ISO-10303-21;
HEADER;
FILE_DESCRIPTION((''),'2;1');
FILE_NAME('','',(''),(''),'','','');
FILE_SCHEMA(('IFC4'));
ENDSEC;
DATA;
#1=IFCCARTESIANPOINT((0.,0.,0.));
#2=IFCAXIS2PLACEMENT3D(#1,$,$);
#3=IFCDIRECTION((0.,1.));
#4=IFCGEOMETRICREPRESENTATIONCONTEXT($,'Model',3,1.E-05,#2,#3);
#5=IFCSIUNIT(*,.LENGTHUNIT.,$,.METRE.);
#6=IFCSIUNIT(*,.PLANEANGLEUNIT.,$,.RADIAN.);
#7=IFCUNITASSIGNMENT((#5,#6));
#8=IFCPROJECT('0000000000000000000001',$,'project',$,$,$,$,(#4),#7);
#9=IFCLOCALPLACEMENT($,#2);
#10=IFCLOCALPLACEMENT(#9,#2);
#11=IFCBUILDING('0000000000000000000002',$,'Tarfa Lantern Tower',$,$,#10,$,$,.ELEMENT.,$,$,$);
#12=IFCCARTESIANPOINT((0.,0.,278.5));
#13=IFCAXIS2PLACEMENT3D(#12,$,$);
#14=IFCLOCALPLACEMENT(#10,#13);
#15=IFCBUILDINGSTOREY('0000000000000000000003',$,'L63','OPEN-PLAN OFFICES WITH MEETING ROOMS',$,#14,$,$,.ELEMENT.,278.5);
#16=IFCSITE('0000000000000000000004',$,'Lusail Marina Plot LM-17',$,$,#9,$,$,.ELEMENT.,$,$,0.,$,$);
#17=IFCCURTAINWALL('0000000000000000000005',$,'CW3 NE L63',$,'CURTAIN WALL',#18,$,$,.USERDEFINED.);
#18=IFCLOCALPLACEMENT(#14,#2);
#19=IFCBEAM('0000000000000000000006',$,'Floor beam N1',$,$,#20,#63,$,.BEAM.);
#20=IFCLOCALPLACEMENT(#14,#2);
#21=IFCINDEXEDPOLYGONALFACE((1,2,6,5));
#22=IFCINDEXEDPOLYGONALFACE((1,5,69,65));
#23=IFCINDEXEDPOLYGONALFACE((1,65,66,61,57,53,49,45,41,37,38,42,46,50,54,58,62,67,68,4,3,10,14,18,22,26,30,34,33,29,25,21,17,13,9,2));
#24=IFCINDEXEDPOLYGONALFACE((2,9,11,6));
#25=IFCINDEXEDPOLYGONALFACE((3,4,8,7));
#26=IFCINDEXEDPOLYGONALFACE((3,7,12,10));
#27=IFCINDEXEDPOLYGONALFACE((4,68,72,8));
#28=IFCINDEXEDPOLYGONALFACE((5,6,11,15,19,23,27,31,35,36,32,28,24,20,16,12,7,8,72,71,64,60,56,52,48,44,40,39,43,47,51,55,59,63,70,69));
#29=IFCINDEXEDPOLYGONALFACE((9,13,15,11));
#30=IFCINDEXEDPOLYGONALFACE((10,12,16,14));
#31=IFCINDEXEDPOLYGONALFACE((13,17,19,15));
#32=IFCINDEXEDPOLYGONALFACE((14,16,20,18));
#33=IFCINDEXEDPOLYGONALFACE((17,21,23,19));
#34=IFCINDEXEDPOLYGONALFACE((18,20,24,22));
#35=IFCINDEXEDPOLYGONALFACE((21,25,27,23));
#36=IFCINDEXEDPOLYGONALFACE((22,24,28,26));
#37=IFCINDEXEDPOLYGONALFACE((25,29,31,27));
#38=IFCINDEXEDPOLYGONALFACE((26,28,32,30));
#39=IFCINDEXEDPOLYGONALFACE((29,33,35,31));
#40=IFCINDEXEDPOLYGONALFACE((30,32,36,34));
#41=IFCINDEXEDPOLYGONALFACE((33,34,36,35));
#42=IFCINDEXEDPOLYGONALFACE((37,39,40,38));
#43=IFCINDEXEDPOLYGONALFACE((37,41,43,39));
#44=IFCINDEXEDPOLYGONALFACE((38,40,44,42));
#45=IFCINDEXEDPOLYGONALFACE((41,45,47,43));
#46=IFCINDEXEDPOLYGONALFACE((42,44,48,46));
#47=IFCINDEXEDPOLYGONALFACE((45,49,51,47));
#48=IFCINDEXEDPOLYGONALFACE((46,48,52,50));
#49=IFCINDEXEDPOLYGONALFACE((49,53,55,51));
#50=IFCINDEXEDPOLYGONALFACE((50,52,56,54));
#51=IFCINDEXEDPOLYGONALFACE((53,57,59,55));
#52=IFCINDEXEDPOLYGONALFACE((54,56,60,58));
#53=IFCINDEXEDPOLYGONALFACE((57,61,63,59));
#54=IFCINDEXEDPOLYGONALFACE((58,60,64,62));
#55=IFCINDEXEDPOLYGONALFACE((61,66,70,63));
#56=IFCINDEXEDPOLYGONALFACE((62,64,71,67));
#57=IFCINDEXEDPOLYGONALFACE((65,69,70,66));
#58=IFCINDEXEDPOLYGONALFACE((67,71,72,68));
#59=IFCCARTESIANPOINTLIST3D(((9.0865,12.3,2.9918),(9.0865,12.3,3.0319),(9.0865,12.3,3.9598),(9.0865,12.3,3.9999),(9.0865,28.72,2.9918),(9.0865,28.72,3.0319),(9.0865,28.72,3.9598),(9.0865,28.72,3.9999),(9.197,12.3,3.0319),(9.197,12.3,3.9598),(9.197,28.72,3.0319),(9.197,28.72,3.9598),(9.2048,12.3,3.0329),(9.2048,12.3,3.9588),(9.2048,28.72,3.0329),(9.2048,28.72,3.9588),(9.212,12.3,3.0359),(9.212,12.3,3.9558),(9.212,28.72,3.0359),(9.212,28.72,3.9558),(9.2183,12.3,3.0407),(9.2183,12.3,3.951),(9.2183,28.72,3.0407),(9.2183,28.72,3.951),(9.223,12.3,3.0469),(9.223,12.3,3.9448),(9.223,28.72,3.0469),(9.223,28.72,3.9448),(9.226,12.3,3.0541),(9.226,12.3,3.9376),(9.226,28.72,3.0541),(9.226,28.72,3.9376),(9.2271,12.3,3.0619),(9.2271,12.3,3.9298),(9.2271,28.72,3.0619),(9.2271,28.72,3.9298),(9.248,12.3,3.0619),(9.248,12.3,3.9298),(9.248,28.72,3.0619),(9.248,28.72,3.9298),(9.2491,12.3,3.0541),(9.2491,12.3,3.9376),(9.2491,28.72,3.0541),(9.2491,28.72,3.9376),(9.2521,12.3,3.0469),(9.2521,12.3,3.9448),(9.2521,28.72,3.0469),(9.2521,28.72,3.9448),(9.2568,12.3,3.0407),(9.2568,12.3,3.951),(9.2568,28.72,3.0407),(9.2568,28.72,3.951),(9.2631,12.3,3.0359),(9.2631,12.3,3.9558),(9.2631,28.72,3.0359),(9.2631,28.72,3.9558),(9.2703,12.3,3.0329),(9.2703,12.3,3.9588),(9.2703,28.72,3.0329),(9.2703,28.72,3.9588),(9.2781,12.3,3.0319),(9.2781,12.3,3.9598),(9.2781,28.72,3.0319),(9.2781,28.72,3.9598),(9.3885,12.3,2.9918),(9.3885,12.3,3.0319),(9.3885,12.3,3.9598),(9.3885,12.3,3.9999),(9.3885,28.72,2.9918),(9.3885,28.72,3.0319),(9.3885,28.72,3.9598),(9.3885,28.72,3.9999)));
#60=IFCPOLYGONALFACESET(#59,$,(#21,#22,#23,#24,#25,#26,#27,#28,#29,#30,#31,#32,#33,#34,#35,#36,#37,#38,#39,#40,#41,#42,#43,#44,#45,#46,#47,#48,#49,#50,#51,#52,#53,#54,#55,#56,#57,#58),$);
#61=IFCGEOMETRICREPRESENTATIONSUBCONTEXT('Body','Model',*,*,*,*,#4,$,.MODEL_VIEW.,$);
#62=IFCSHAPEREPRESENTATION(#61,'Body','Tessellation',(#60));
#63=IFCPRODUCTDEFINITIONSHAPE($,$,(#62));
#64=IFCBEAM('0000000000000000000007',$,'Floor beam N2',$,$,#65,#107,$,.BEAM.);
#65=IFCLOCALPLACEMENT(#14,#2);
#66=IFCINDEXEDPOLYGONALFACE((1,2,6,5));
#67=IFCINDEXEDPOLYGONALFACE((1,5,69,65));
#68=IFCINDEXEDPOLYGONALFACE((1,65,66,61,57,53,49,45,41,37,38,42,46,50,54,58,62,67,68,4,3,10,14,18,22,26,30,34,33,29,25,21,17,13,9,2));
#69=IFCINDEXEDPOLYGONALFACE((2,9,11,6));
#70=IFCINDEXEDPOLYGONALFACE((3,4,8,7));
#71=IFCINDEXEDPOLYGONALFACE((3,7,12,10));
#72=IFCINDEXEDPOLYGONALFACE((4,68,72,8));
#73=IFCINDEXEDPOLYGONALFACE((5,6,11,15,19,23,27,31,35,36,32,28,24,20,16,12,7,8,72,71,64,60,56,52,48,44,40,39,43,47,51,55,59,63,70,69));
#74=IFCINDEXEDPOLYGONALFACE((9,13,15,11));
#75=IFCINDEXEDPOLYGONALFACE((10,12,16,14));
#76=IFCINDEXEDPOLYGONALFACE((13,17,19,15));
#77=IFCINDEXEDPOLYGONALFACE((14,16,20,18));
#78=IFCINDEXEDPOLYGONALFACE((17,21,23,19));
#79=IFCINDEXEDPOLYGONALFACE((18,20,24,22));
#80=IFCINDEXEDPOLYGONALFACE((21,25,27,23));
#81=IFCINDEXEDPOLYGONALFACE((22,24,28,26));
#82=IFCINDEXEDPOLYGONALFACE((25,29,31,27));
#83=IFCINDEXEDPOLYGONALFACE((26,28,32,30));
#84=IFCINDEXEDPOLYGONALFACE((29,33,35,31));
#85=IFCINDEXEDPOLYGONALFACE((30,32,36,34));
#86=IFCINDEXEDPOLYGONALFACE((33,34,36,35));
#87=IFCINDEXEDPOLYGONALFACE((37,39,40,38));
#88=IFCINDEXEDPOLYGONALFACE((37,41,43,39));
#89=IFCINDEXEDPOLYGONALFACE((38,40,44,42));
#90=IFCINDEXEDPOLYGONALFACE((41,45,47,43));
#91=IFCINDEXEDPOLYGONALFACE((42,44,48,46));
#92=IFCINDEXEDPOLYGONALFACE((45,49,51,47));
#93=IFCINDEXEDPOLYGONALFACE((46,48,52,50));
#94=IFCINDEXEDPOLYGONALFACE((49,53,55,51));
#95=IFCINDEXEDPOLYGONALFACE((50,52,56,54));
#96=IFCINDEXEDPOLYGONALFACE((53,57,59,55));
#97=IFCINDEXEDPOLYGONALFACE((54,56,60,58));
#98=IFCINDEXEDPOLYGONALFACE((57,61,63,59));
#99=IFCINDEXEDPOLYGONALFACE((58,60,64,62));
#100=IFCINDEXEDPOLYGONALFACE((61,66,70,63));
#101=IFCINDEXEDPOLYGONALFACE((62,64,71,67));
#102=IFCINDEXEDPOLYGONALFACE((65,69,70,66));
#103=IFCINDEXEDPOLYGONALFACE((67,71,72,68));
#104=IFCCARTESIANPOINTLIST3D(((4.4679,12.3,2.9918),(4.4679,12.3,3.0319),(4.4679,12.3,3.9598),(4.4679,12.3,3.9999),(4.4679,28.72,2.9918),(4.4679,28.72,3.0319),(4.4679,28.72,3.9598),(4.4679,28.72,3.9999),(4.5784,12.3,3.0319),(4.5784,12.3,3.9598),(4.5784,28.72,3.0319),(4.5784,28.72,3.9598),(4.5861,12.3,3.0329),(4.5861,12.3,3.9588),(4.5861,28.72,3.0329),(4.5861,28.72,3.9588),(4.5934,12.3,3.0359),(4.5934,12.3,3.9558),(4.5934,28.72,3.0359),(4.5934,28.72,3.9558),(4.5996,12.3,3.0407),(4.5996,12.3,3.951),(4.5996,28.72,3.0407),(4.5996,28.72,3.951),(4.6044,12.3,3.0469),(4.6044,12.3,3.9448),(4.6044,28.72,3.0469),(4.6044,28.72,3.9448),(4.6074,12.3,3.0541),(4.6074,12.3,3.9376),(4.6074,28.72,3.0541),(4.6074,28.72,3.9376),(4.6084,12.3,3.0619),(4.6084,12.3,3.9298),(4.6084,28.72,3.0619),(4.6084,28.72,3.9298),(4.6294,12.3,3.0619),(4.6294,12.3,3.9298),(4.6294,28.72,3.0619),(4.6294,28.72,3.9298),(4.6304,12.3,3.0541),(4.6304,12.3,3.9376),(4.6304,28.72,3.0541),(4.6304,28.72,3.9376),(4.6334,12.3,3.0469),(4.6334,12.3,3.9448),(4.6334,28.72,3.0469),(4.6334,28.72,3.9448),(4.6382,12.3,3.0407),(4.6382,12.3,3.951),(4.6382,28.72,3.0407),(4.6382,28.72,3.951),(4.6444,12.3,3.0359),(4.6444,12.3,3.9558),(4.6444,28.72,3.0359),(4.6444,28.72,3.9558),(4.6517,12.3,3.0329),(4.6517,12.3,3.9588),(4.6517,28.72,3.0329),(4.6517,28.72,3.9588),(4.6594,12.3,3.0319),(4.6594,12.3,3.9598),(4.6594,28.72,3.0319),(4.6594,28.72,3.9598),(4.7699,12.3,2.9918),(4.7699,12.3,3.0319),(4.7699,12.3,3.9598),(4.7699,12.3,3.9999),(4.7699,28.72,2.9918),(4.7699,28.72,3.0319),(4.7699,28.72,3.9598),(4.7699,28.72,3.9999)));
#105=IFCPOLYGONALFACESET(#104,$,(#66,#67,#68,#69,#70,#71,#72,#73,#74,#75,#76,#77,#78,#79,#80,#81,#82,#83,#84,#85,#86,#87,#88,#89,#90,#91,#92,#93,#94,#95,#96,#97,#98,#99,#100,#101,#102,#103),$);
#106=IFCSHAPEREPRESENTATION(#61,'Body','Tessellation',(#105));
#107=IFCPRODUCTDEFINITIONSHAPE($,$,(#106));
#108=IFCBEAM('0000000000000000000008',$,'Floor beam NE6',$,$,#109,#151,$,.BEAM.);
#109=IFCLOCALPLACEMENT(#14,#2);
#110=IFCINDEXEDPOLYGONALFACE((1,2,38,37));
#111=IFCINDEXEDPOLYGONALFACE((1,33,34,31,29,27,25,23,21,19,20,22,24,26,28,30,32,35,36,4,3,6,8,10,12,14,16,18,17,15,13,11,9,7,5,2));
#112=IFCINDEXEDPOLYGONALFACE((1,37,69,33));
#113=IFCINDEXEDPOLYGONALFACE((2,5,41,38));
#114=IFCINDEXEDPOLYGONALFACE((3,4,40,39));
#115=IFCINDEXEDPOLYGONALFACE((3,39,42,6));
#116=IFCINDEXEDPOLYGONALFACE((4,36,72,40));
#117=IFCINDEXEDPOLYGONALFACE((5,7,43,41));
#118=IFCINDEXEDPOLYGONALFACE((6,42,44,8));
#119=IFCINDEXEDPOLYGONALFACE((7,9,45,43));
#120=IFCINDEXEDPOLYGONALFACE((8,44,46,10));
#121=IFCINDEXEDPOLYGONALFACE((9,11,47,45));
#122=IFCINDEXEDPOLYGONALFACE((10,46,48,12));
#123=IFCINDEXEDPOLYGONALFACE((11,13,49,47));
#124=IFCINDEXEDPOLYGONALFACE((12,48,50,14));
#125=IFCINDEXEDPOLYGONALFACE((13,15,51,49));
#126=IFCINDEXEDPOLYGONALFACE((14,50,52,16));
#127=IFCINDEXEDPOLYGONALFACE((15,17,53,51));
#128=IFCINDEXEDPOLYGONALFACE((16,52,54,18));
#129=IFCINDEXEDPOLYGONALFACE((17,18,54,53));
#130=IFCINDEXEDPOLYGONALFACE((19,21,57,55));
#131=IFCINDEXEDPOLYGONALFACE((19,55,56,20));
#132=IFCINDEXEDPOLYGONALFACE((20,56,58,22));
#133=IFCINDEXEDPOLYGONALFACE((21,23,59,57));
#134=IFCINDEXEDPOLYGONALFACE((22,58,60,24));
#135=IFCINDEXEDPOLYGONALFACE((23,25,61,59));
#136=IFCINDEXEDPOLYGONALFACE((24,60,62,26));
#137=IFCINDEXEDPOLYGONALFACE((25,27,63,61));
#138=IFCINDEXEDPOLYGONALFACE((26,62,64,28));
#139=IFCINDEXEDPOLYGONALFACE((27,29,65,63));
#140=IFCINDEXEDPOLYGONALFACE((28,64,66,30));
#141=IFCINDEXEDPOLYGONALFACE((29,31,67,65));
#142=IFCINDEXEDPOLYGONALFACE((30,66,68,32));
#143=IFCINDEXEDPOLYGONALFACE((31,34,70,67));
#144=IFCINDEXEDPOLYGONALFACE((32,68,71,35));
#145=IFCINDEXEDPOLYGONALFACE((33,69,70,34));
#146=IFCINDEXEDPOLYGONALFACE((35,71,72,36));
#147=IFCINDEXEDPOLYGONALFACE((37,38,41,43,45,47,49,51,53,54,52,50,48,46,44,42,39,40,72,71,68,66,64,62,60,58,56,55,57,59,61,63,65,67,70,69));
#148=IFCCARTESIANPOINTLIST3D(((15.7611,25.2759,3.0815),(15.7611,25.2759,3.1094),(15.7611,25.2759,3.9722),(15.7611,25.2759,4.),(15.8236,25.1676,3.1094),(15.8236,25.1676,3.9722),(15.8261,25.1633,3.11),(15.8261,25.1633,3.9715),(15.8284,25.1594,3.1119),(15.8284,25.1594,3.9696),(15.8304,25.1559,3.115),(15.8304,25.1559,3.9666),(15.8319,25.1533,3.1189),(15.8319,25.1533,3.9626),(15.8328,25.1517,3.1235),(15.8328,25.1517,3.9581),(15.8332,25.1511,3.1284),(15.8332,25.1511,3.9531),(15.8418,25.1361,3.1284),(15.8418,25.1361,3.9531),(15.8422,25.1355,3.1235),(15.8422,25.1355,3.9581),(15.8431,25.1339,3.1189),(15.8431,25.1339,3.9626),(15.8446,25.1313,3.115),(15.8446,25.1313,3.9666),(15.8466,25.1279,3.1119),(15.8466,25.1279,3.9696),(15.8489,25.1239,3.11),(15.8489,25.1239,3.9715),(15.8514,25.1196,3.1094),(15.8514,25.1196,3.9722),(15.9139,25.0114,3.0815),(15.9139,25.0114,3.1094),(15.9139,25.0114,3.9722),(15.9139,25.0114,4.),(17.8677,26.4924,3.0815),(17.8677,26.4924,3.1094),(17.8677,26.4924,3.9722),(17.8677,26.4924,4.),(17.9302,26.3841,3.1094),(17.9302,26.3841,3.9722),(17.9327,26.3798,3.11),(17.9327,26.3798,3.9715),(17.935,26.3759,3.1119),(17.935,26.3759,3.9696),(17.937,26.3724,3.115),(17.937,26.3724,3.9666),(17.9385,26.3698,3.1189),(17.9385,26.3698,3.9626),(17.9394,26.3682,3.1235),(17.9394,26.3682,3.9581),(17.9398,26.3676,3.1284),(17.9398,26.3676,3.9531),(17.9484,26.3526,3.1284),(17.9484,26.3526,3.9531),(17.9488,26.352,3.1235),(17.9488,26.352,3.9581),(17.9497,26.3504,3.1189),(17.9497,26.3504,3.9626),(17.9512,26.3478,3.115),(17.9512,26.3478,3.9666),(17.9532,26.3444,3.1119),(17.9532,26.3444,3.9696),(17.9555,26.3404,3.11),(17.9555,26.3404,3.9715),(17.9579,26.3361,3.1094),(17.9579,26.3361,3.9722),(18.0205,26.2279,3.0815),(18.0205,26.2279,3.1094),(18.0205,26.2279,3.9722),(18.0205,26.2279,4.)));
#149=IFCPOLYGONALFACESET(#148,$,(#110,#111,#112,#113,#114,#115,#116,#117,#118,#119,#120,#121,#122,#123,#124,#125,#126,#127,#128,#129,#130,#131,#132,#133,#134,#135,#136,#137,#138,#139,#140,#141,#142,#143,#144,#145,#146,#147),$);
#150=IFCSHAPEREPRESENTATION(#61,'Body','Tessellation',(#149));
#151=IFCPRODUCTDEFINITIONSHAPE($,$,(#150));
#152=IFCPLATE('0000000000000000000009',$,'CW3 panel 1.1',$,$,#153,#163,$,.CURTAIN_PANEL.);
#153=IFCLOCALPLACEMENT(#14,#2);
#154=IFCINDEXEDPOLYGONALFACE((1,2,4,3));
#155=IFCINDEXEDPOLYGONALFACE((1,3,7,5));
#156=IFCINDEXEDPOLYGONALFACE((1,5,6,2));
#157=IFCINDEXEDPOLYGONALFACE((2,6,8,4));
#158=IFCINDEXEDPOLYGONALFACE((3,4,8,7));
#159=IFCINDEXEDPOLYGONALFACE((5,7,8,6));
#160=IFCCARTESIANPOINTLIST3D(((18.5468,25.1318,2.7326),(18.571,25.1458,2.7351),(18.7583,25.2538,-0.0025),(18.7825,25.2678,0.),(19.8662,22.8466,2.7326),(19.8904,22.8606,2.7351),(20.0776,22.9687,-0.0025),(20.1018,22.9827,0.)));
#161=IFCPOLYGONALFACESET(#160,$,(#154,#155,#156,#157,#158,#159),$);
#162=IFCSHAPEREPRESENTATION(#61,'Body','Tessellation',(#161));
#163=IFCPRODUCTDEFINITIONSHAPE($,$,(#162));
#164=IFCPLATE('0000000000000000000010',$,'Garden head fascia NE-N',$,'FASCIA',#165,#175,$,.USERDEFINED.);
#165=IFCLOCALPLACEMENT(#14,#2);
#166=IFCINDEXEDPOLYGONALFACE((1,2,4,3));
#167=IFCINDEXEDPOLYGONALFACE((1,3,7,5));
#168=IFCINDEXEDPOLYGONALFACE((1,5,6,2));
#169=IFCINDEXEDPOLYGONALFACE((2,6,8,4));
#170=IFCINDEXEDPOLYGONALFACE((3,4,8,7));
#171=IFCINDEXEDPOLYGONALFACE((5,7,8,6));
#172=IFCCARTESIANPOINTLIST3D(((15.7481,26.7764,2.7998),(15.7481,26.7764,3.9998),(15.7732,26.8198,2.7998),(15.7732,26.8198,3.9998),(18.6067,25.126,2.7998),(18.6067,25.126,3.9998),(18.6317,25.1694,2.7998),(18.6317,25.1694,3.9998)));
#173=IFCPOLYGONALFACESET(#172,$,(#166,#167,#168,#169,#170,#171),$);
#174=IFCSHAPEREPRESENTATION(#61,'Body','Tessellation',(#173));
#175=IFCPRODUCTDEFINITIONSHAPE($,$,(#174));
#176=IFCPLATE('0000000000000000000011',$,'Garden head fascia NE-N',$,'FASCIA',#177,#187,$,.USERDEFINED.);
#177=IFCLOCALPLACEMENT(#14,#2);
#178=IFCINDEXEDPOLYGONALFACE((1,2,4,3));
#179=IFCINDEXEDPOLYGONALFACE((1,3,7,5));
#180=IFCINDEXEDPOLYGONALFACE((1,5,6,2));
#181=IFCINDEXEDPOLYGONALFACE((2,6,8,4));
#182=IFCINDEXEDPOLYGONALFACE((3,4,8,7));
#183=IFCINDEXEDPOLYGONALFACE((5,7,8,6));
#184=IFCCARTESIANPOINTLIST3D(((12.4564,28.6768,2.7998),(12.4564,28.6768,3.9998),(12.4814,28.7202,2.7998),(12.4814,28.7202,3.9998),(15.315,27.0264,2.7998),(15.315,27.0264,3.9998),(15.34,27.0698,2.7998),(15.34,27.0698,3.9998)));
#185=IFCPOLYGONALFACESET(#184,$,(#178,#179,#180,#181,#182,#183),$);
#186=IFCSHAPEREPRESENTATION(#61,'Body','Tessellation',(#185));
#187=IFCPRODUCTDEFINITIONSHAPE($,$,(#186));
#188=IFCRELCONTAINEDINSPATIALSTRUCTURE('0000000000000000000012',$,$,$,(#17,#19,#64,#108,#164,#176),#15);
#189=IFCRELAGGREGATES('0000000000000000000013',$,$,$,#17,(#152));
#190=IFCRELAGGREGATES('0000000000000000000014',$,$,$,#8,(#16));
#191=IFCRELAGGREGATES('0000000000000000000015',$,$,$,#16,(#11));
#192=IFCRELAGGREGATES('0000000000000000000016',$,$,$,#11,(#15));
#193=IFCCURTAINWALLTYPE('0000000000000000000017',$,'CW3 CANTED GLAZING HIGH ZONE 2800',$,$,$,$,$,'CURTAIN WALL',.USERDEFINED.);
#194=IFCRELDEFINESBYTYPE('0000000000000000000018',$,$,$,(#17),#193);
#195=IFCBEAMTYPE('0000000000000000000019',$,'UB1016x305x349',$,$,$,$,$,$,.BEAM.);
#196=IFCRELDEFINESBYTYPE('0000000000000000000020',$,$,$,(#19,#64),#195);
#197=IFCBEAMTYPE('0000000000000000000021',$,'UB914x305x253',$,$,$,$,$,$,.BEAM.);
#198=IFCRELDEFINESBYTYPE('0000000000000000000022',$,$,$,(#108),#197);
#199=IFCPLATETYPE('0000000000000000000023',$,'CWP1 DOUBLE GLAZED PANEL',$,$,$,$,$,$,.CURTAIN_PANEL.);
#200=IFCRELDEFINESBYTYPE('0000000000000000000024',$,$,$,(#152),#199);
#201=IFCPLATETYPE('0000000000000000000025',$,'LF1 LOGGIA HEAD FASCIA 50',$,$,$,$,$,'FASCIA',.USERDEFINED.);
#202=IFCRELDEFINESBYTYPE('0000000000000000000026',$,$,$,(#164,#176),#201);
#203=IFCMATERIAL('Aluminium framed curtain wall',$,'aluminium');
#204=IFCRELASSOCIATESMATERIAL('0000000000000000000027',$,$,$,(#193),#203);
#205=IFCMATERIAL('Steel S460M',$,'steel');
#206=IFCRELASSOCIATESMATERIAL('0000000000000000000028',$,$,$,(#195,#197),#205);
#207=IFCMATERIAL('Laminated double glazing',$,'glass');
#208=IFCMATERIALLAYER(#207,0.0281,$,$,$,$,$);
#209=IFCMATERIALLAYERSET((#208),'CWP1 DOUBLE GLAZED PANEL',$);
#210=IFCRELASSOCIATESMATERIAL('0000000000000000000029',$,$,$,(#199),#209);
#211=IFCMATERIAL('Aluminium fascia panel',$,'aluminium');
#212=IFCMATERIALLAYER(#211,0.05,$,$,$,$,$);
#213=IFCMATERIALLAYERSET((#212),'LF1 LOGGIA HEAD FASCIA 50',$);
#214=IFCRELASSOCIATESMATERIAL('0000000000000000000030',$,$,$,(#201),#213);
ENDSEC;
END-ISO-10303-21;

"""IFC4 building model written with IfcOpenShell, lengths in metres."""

from ifc_helpers import new_model, si_unit, direction, frame, origin, origin_2d, place, context, subcontext, project, spatial, polyline, rectangle, i_section, outline, extrude, material, layer, layer_set, material_profile, profile_set, type_object, element, aggregate, save


model = new_model("IFC4")

# Units and contexts
model_context = context("Model", 3, precision=1e-05, world=origin(), true_north=direction((0.0, 1.0)))
body_context = subcontext(model_context, "Body", "Model", "MODEL_VIEW")
ifc_project = project(units=[si_unit("LENGTHUNIT", "METRE"), si_unit("PLANEANGLEUNIT", "RADIAN")], contexts=[model_context])

# Site, building, storey
site_placement = place(None, origin())
site = spatial("IfcSite", under=ifc_project, at=site_placement, Name="Lusail Marina Plot LM-17", CompositionType="ELEMENT", RefElevation=0.0)
building_placement = place(site_placement, origin())
building = spatial("IfcBuilding", under=site, at=building_placement, Name="Tarfa Lantern Tower", CompositionType="ELEMENT")
storey_placement = place(building_placement, frame((0.0, 0.0, 278.5)))
storey = spatial("IfcBuildingStorey", under=building, at=storey_placement, Name="L63", Description="OPEN-PLAN OFFICES WITH MEETING ROOMS", CompositionType="ELEMENT", Elevation=278.5)

# Curtain wall
ifc_material_1 = material(Name="Aluminium framed curtain wall", Category="aluminium")
curtain_wall_type = type_object("IfcCurtainWallType", Name="CW3 CANTED GLAZING HIGH ZONE 2800", ElementType="CURTAIN WALL", PredefinedType="USERDEFINED", material=ifc_material_1)
curtain_wall_placement = place(storey_placement, origin())
curtain_wall = element("IfcCurtainWall", 1, at=curtain_wall_placement, inside=storey, type_object=curtain_wall_type, Name="CW3 NE L63", ObjectType="CURTAIN WALL", PredefinedType="USERDEFINED")

# Beams
ifc_material_2 = material(Name="Steel S460M", Category="steel")
ifc_material_profile_1 = material_profile(ifc_material_2, i_section(OverallWidth=0.302, OverallDepth=1.0081, WebThickness=0.021, FlangeThickness=0.04, FilletRadius=0.03, at=origin_2d()), Name="UB1016x305x349")
ifc_profile_set_1 = profile_set([ifc_material_profile_1], Name="Steel S460M")
beam_type_1 = type_object("IfcBeamType", Name="UB1016x305x349", PredefinedType="BEAM", material=ifc_profile_set_1)
for number, where, z_axis, x_axis, name in (
    (2, (9.2375, 28.72, 3.4958), (0.0, -1.0, 0.0), (1.0, 0.0, 0.0), "Floor beam N1"),
    (3, (4.6189, 28.72, 3.4958), (0.0, -1.0, 0.0), (1.0, 0.0, 0.0), "Floor beam N2"),
):
    element("IfcBeam", number, at=place(storey_placement, frame(where, z_axis=z_axis, x_axis=x_axis)), inside=storey, type_object=beam_type_1, Name=name, PredefinedType="BEAM", context=body_context, shape_type="SweptSolid", body=[
        extrude(i_section(OverallWidth=0.302, OverallDepth=1.0081, WebThickness=0.021, FlangeThickness=0.04, FilletRadius=0.03, at=origin_2d()), origin(), (0.0, 0.0, 1.0), 16.4199),
    ])
ifc_material_profile_2 = material_profile(ifc_material_2, i_section(OverallWidth=0.3054, OverallDepth=0.9185, WebThickness=0.0173, FlangeThickness=0.0278, FilletRadius=0.019, at=origin_2d()), Name="UB914x305x253")
ifc_profile_set_2 = profile_set([ifc_material_profile_2], Name="Steel S460M")
beam_type_2 = type_object("IfcBeamType", Name="UB914x305x253", PredefinedType="BEAM", material=ifc_profile_set_2)
beam_1_placement = place(storey_placement, frame((17.9441, 26.3601, 3.5408), z_axis=(-0.86598, -0.500079, 0.0), x_axis=(0.500079, -0.86598, 0.0)))
element("IfcBeam", 4, at=beam_1_placement, inside=storey, type_object=beam_type_2, Name="Floor beam NE6", PredefinedType="BEAM", context=body_context, shape_type="SweptSolid", body=[
    extrude(i_section(OverallWidth=0.3054, OverallDepth=0.9185, WebThickness=0.0173, FlangeThickness=0.0278, FilletRadius=0.019, at=origin_2d()), origin(), (0.0, 0.0, 1.0), 2.4326),
])

# Plate
ifc_material_3 = material(Name="Laminated double glazing", Category="glass")
ifc_layer_1 = layer(ifc_material_3, 0.0281)
ifc_layer_set_1 = layer_set([ifc_layer_1], Name="CWP1 DOUBLE GLAZED PANEL")
plate_type_1 = type_object("IfcPlateType", Name="CWP1 DOUBLE GLAZED PANEL", PredefinedType="CURTAIN_PANEL", material=ifc_layer_set_1)
plate_1_placement = place(storey_placement, frame((20.1018, 22.9827, 0.0), z_axis=(0.862596, 0.49802, 0.088906), x_axis=(-0.5, 0.866025, 0.0)))
plate_1 = element("IfcPlate", 5, at=plate_1_placement, type_object=plate_type_1, Name="CW3 panel 1.1", PredefinedType="CURTAIN_PANEL", context=body_context, shape_type="SweptSolid", body=[
    extrude(outline(polyline([(0.0, 0.0), (2.6387, 0.0), (2.6387, 2.746), (0.0, 2.746), (0.0, 0.0)])), origin(), (0.0, 0.0, -1.0), 0.0281),
])
aggregate(curtain_wall, [plate_1])

# Plates
ifc_material_4 = material(Name="Aluminium fascia panel", Category="aluminium")
ifc_layer_2 = layer(ifc_material_4, 0.05)
ifc_layer_set_2 = layer_set([ifc_layer_2], Name="LF1 LOGGIA HEAD FASCIA 50")
plate_type_2 = type_object("IfcPlateType", Name="LF1 LOGGIA HEAD FASCIA 50", ElementType="FASCIA", PredefinedType="USERDEFINED", material=ifc_layer_set_2)
for number, where, z_axis, x_axis, name in (
    (6, (17.1899, 25.9729, 2.7998), (0.0, 0.0, 1.0), (-0.866025, 0.5, 0.0), "Garden head fascia NE-N"),
    (7, (13.8982, 27.8733, 2.7998), (0.0, 0.0, 1.0), (-0.866025, 0.5, 0.0), "Garden head fascia NE-N"),
):
    element("IfcPlate", number, at=place(storey_placement, frame(where, z_axis=z_axis, x_axis=x_axis)), inside=storey, type_object=plate_type_2, Name=name, ObjectType="FASCIA", PredefinedType="USERDEFINED", context=body_context, shape_type="SweptSolid", body=[
        extrude(rectangle(XDim=3.3008, YDim=0.05, at=origin_2d()), origin(), (0.0, 0.0, 1.0), 1.2),
    ])

save(model, "model.ifc")
